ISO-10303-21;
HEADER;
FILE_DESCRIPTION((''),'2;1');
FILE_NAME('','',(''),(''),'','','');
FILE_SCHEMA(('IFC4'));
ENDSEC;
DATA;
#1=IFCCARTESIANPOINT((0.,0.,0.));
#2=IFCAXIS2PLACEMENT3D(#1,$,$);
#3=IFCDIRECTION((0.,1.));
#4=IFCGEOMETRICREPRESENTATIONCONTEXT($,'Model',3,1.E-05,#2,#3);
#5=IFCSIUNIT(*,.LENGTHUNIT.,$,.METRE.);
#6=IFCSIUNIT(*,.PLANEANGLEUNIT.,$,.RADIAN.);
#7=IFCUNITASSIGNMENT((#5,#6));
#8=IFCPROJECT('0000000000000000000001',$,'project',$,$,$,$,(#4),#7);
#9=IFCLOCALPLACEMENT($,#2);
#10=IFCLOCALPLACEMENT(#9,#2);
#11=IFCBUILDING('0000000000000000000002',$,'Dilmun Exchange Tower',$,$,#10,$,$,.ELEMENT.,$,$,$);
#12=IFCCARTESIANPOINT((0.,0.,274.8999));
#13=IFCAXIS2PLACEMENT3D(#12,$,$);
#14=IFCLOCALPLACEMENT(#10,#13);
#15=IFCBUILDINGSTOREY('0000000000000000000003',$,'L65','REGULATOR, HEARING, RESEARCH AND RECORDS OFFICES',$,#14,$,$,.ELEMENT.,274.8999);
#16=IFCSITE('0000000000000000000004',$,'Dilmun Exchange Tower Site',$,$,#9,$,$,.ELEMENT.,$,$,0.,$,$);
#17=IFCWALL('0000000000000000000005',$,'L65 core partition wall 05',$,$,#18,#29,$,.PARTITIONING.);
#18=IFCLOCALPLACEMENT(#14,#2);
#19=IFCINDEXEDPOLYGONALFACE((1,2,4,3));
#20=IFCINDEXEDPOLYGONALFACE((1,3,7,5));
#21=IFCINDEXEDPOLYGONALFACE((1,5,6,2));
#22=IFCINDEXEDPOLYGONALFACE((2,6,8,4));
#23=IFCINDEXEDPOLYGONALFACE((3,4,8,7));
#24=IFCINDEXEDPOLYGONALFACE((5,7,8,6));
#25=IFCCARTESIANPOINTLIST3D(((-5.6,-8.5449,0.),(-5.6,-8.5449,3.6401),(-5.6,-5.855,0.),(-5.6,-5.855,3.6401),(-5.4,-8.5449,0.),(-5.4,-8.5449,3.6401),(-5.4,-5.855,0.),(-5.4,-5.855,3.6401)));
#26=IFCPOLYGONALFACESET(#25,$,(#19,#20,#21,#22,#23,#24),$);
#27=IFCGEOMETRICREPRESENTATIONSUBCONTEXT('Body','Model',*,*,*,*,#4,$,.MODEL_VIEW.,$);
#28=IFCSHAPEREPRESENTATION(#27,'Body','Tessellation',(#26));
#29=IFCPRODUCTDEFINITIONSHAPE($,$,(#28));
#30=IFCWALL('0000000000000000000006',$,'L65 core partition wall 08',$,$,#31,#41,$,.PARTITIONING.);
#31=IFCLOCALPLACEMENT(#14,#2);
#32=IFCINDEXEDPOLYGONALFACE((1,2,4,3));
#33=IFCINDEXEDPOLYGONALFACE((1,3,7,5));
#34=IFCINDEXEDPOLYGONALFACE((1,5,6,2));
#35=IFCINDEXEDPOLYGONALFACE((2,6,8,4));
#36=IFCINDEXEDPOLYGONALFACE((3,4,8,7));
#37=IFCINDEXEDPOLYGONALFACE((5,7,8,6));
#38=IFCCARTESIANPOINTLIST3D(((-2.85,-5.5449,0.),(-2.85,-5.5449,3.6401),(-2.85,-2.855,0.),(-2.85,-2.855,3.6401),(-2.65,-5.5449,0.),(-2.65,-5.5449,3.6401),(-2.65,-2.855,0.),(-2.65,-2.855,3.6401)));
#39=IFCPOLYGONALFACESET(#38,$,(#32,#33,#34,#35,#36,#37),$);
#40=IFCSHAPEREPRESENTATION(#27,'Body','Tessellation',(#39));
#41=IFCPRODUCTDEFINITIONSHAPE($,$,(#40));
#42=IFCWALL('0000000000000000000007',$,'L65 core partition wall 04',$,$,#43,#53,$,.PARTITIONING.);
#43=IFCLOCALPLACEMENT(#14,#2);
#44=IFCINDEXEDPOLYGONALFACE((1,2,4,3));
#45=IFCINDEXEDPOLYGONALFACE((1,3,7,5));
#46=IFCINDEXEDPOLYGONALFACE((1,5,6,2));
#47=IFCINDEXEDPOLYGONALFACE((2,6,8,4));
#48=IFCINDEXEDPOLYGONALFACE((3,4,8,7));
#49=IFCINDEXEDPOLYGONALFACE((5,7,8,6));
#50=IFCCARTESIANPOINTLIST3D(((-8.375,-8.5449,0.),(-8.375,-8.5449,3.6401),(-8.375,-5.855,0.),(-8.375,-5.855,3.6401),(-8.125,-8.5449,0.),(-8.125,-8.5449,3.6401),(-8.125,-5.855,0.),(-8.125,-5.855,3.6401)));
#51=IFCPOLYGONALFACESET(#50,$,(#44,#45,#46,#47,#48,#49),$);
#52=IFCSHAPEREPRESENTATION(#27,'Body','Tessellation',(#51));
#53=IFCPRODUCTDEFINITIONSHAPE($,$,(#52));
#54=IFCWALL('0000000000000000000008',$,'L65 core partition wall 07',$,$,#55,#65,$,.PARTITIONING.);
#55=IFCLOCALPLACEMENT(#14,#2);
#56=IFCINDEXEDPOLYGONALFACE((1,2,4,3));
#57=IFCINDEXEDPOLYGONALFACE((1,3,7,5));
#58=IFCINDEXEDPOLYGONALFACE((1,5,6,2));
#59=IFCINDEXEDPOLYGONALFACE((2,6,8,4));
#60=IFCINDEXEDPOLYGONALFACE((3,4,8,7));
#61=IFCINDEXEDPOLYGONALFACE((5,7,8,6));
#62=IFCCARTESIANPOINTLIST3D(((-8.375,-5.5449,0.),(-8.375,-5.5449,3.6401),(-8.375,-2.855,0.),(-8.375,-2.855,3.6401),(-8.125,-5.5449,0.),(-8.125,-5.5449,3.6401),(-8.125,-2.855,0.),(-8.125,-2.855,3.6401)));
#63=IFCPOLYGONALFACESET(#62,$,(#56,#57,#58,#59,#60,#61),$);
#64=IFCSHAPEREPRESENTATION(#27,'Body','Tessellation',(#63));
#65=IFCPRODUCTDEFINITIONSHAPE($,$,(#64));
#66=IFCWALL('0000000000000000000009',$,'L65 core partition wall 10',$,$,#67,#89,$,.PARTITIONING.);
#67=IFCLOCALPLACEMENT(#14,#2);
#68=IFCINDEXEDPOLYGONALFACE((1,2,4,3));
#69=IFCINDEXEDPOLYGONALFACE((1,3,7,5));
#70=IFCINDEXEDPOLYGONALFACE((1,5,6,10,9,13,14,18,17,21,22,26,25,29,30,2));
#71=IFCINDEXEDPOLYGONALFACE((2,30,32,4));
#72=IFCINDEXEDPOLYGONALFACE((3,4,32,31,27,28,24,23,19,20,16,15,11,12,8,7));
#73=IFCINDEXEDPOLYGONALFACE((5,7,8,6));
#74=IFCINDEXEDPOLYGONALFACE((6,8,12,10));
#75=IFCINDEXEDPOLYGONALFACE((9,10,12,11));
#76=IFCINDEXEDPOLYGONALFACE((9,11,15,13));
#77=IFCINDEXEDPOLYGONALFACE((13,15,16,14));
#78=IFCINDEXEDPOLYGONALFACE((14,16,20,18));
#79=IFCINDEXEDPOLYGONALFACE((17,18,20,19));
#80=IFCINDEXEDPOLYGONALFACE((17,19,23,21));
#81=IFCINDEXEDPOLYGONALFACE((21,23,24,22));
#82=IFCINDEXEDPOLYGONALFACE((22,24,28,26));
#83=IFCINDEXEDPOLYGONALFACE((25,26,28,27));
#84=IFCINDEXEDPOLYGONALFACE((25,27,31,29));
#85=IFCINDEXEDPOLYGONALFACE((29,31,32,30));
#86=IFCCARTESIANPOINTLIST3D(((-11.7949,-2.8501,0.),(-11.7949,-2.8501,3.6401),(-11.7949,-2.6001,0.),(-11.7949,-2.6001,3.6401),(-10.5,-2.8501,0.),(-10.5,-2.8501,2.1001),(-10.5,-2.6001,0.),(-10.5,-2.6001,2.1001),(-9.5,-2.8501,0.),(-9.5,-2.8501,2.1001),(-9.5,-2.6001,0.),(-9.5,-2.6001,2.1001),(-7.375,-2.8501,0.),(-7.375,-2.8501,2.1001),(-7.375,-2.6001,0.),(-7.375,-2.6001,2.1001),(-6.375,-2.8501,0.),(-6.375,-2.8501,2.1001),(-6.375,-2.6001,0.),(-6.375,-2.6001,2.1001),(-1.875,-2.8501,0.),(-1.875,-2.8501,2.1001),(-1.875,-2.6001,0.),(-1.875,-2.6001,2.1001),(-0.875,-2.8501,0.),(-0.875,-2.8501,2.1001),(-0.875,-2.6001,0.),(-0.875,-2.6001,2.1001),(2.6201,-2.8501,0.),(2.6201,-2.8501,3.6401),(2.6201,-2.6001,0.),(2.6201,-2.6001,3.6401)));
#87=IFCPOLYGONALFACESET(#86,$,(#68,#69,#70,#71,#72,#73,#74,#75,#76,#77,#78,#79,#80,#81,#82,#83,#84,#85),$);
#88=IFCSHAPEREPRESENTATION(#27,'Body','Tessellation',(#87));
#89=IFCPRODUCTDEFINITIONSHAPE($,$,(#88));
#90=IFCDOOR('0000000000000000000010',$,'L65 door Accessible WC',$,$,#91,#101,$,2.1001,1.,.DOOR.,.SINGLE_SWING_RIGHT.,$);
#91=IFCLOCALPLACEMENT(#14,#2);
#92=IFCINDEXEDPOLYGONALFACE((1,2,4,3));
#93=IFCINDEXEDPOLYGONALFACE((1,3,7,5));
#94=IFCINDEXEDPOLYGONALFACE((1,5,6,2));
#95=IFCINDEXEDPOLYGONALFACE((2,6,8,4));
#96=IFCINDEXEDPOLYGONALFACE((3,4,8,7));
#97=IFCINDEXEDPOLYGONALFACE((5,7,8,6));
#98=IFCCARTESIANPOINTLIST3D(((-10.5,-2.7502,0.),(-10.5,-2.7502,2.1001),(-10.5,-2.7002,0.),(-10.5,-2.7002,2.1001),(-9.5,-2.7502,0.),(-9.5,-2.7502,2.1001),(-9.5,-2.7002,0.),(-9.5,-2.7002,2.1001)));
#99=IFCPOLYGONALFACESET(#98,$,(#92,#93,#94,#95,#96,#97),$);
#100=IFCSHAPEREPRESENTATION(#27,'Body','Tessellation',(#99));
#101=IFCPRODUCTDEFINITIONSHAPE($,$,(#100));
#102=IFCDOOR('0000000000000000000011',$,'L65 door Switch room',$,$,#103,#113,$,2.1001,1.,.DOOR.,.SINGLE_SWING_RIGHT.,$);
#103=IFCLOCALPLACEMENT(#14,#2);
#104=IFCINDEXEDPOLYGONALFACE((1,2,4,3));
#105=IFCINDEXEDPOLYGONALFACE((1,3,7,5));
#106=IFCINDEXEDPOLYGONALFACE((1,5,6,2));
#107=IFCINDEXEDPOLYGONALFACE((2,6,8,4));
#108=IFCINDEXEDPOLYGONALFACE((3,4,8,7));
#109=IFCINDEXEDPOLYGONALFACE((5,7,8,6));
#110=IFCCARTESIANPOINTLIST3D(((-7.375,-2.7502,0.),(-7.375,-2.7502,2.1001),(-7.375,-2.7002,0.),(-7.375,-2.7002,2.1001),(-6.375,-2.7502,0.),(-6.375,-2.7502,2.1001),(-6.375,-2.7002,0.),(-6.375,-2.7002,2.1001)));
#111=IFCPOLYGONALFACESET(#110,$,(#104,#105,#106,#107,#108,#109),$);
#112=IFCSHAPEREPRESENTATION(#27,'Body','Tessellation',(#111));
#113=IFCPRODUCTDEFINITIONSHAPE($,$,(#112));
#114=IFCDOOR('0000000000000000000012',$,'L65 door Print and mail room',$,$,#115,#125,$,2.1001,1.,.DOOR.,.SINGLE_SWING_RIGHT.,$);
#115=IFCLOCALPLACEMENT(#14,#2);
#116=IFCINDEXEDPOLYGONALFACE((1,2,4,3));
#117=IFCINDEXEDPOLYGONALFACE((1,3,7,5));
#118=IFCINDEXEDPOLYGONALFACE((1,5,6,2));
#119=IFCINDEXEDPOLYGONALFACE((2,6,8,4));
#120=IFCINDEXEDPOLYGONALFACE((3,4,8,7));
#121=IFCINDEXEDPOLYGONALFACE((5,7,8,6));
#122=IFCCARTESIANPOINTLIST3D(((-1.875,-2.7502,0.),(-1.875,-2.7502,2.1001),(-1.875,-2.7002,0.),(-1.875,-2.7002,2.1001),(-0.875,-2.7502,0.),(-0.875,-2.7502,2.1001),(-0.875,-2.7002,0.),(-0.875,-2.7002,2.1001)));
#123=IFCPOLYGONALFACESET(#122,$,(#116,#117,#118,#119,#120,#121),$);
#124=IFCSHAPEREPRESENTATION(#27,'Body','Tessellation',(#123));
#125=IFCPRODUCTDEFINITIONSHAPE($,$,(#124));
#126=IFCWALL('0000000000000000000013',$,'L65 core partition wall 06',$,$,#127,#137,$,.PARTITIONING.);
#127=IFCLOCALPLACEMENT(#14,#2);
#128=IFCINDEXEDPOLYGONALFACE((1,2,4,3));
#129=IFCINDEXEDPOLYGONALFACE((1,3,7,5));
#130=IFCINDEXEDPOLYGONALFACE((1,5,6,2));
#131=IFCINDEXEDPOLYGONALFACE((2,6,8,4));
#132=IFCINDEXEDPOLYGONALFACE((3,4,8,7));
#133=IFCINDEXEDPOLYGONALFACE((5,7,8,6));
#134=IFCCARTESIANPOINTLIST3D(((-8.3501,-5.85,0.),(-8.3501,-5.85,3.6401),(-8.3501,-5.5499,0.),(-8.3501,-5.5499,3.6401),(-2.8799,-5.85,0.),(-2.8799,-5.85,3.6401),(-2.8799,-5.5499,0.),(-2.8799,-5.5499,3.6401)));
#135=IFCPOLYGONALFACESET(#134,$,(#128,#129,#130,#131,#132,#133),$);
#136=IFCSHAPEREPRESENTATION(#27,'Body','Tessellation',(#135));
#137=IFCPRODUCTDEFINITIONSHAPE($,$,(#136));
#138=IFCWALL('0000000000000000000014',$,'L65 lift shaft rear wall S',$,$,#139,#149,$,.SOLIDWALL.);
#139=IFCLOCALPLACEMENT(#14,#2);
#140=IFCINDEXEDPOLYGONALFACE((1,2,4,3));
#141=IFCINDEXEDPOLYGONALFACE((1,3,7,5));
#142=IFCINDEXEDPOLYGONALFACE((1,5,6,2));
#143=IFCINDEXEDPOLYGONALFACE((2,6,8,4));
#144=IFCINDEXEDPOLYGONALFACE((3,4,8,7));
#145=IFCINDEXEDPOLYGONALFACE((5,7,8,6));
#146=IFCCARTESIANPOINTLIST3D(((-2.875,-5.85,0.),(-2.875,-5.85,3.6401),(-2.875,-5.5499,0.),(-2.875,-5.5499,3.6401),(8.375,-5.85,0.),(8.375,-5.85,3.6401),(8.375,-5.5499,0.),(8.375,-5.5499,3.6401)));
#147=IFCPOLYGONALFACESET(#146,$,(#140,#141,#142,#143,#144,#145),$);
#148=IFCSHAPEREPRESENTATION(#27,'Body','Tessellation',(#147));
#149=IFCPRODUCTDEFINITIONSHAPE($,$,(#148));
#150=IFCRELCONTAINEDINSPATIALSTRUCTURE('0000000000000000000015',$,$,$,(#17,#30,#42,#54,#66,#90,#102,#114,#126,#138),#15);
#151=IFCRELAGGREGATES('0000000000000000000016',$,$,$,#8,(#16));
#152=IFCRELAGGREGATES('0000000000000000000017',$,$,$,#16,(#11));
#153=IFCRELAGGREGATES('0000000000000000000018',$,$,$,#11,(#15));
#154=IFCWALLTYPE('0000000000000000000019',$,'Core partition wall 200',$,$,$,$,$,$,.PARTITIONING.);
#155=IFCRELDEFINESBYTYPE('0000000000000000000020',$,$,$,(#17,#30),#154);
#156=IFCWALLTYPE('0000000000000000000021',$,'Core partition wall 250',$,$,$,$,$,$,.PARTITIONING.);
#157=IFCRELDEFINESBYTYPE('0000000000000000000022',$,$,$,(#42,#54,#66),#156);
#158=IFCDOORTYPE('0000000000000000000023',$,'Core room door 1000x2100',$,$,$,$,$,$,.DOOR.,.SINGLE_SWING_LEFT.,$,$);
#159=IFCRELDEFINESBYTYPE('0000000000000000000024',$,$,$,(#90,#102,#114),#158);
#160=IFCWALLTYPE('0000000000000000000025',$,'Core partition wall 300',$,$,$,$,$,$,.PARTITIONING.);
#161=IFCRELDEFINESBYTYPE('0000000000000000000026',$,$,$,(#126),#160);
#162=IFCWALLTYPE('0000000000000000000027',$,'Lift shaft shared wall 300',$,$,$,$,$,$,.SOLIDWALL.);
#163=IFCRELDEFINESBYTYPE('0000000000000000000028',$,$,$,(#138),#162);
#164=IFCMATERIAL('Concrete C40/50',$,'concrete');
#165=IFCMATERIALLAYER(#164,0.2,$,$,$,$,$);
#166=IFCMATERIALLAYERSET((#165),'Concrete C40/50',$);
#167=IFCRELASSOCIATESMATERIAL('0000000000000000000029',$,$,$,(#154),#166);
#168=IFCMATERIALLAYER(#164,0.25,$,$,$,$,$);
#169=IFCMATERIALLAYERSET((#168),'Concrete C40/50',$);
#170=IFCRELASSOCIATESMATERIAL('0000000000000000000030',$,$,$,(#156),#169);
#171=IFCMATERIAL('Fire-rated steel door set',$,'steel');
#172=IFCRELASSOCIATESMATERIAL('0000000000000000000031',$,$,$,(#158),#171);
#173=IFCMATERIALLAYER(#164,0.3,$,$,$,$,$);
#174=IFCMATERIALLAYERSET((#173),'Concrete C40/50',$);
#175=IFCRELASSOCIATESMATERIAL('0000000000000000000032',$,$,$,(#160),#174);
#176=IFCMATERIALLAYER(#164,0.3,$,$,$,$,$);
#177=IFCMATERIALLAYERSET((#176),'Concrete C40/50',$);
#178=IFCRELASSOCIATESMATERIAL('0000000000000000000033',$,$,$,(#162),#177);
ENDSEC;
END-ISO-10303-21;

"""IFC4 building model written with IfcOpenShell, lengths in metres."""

from ifc_helpers import new_model, si_unit, direction, frame, frame_2d, origin, place, context, subcontext, project, spatial, rectangle, extrude, material, layer, layer_set, type_object, element, fill, save


model = new_model("IFC4")

# Units and contexts
model_context = context("Model", 3, precision=1e-05, world=origin(), true_north=direction((0.0, 1.0)))
body_context = subcontext(model_context, "Body", "Model", "MODEL_VIEW")
ifc_project = project(units=[si_unit("LENGTHUNIT", "METRE"), si_unit("PLANEANGLEUNIT", "RADIAN")], contexts=[model_context])

# Site, building, storey
site_placement = place(None, origin())
site = spatial("IfcSite", under=ifc_project, at=site_placement, Name="Dilmun Exchange Tower Site", CompositionType="ELEMENT", RefElevation=0.0)
building_placement = place(site_placement, origin())
building = spatial("IfcBuilding", under=site, at=building_placement, Name="Dilmun Exchange Tower", CompositionType="ELEMENT")
storey_placement = place(building_placement, frame((0.0, 0.0, 274.8999)))
storey = spatial("IfcBuildingStorey", under=building, at=storey_placement, Name="L65", Description="REGULATOR, HEARING, RESEARCH AND RECORDS OFFICES", CompositionType="ELEMENT", Elevation=274.8999)

# Walls
ifc_material_1 = material(Name="Concrete C40/50", Category="concrete")
ifc_layer_1 = layer(ifc_material_1, 0.2)
ifc_layer_set_1 = layer_set([ifc_layer_1], Name="Concrete C40/50")
wall_type_1 = type_object("IfcWallType", Name="Core partition wall 200", PredefinedType="PARTITIONING", material=ifc_layer_set_1)
for number, where, z_axis, x_axis, name in (
    (1, (-5.5, -8.5449, 0.0), (0.0, 0.0, 1.0), (0.0, 1.0, 0.0), "L65 core partition wall 05"),
    (2, (-2.75, -5.5449, 0.0), (0.0, 0.0, 1.0), (0.0, 1.0, 0.0), "L65 core partition wall 08"),
):
    element("IfcWall", number, at=place(storey_placement, frame(where, z_axis=z_axis, x_axis=x_axis)), inside=storey, type_object=wall_type_1, Name=name, PredefinedType="PARTITIONING", context=body_context, shape_type="SweptSolid", body=[
        extrude(rectangle(XDim=2.6899, YDim=0.2, at=frame_2d((1.345, 0.0))), origin(), (0.0, 0.0, 1.0), 3.6401),
    ])
ifc_layer_2 = layer(ifc_material_1, 0.25)
ifc_layer_set_2 = layer_set([ifc_layer_2], Name="Concrete C40/50")
wall_type_2 = type_object("IfcWallType", Name="Core partition wall 250", PredefinedType="PARTITIONING", material=ifc_layer_set_2)
for number, where, z_axis, x_axis, name in (
    (3, (-8.25, -8.5449, 0.0), (0.0, 0.0, 1.0), (0.0, 1.0, 0.0), "L65 core partition wall 04"),
    (4, (-8.25, -5.5449, 0.0), (0.0, 0.0, 1.0), (0.0, 1.0, 0.0), "L65 core partition wall 07"),
):
    element("IfcWall", number, at=place(storey_placement, frame(where, z_axis=z_axis, x_axis=x_axis)), inside=storey, type_object=wall_type_2, Name=name, PredefinedType="PARTITIONING", context=body_context, shape_type="SweptSolid", body=[
        extrude(rectangle(XDim=2.6899, YDim=0.25, at=frame_2d((1.345, 0.0))), origin(), (0.0, 0.0, 1.0), 3.6401),
    ])

# Wall, openings, doors
wall_1_placement = place(storey_placement, frame((-11.7949, -2.7251, 0.0), z_axis=(0.0, 0.0, 1.0), x_axis=(1.0, 0.0, 0.0)))
wall_1 = element("IfcWall", 5, at=wall_1_placement, inside=storey, type_object=wall_type_2, Name="L65 core partition wall 10", PredefinedType="PARTITIONING", context=body_context, shape_type="SweptSolid", body=[
    extrude(rectangle(XDim=14.415, YDim=0.25, at=frame_2d((7.2075, 0.0))), origin(), (0.0, 0.0, 1.0), 3.6401),
])
opening_1_placement = place(wall_1_placement, frame((1.2949, 0.0, 0.0)))
opening_1 = element("IfcOpeningElement", 6, at=opening_1_placement, cuts=wall_1, PredefinedType="OPENING", context=body_context, shape_type="SweptSolid", body=[
    extrude(rectangle(XDim=1.0, YDim=2.1001, at=frame_2d((0.5, 1.05))), frame((0.0, 0.135, 0.0), z_axis=(0.0, -1.0, 0.0), x_axis=(1.0, 0.0, 0.0)), (0.0, 0.0, 1.0), 0.27),
])
opening_2_placement = place(wall_1_placement, frame((4.4199, 0.0, 0.0)))
opening_2 = element("IfcOpeningElement", 7, at=opening_2_placement, cuts=wall_1, PredefinedType="OPENING", context=body_context, shape_type="SweptSolid", body=[
    extrude(rectangle(XDim=1.0, YDim=2.1001, at=frame_2d((0.5, 1.05))), frame((0.0, 0.135, 0.0), z_axis=(0.0, -1.0, 0.0), x_axis=(1.0, 0.0, 0.0)), (0.0, 0.0, 1.0), 0.27),
])
opening_3_placement = place(wall_1_placement, frame((9.9199, 0.0, 0.0)))
opening_3 = element("IfcOpeningElement", 8, at=opening_3_placement, cuts=wall_1, PredefinedType="OPENING", context=body_context, shape_type="SweptSolid", body=[
    extrude(rectangle(XDim=1.0, YDim=2.1001, at=frame_2d((0.5, 1.05))), frame((0.0, 0.135, 0.0), z_axis=(0.0, -1.0, 0.0), x_axis=(1.0, 0.0, 0.0)), (0.0, 0.0, 1.0), 0.27),
])
ifc_material_2 = material(Name="Fire-rated steel door set", Category="steel")
door_type_1 = type_object("IfcDoorType", Name="Core room door 1000x2100", OperationType="SINGLE_SWING_LEFT", PredefinedType="DOOR", material=ifc_material_2)
door_1_placement = place(opening_1_placement, origin())
door_1 = element("IfcDoor", 9, at=door_1_placement, inside=storey, type_object=door_type_1, Name="L65 door Accessible WC", OperationType="SINGLE_SWING_RIGHT", OverallHeight=2.1001, OverallWidth=1.0, PredefinedType="DOOR", context=body_context, shape_type="SweptSolid", body=[
    extrude(rectangle(XDim=1.0, YDim=2.1001, at=frame_2d((0.5, 1.05))), frame((0.0, 0.0249, 0.0), z_axis=(0.0, -1.0, 0.0), x_axis=(1.0, 0.0, 0.0)), (0.0, 0.0, 1.0), 0.05),
])
fill(opening_1, door_1)
door_2_placement = place(opening_2_placement, origin())
door_2 = element("IfcDoor", 10, at=door_2_placement, inside=storey, type_object=door_type_1, Name="L65 door Switch room", OperationType="SINGLE_SWING_RIGHT", OverallHeight=2.1001, OverallWidth=1.0, PredefinedType="DOOR", context=body_context, shape_type="SweptSolid", body=[
    extrude(rectangle(XDim=1.0, YDim=2.1001, at=frame_2d((0.5, 1.05))), frame((0.0, 0.0249, 0.0), z_axis=(0.0, -1.0, 0.0), x_axis=(1.0, 0.0, 0.0)), (0.0, 0.0, 1.0), 0.05),
])
fill(opening_2, door_2)
door_3_placement = place(opening_3_placement, origin())
door_3 = element("IfcDoor", 11, at=door_3_placement, inside=storey, type_object=door_type_1, Name="L65 door Print and mail room", OperationType="SINGLE_SWING_RIGHT", OverallHeight=2.1001, OverallWidth=1.0, PredefinedType="DOOR", context=body_context, shape_type="SweptSolid", body=[
    extrude(rectangle(XDim=1.0, YDim=2.1001, at=frame_2d((0.5, 1.05))), frame((0.0, 0.0249, 0.0), z_axis=(0.0, -1.0, 0.0), x_axis=(1.0, 0.0, 0.0)), (0.0, 0.0, 1.0), 0.05),
])
fill(opening_3, door_3)

# Walls
ifc_layer_3 = layer(ifc_material_1, 0.3)
ifc_layer_set_3 = layer_set([ifc_layer_3], Name="Concrete C40/50")
wall_type_3 = type_object("IfcWallType", Name="Core partition wall 300", PredefinedType="PARTITIONING", material=ifc_layer_set_3)
wall_2_placement = place(storey_placement, frame((-8.3501, -5.7, 0.0), z_axis=(0.0, 0.0, 1.0), x_axis=(1.0, 0.0, 0.0)))
element("IfcWall", 12, at=wall_2_placement, inside=storey, type_object=wall_type_3, Name="L65 core partition wall 06", PredefinedType="PARTITIONING", context=body_context, shape_type="SweptSolid", body=[
    extrude(rectangle(XDim=5.4702, YDim=0.3, at=frame_2d((2.7351, 0.0))), origin(), (0.0, 0.0, 1.0), 3.6401),
])
ifc_layer_4 = layer(ifc_material_1, 0.3)
ifc_layer_set_4 = layer_set([ifc_layer_4], Name="Concrete C40/50")
wall_type_4 = type_object("IfcWallType", Name="Lift shaft shared wall 300", PredefinedType="SOLIDWALL", material=ifc_layer_set_4)
wall_3_placement = place(storey_placement, frame((-2.875, -5.7, 0.0), z_axis=(0.0, 0.0, 1.0), x_axis=(1.0, 0.0, 0.0)))
element("IfcWall", 13, at=wall_3_placement, inside=storey, type_object=wall_type_4, Name="L65 lift shaft rear wall S", PredefinedType="SOLIDWALL", context=body_context, shape_type="SweptSolid", body=[
    extrude(rectangle(XDim=11.25, YDim=0.3, at=frame_2d((5.625, 0.0))), origin(), (0.0, 0.0, 1.0), 3.6401),
])

save(model, "model.ifc")
